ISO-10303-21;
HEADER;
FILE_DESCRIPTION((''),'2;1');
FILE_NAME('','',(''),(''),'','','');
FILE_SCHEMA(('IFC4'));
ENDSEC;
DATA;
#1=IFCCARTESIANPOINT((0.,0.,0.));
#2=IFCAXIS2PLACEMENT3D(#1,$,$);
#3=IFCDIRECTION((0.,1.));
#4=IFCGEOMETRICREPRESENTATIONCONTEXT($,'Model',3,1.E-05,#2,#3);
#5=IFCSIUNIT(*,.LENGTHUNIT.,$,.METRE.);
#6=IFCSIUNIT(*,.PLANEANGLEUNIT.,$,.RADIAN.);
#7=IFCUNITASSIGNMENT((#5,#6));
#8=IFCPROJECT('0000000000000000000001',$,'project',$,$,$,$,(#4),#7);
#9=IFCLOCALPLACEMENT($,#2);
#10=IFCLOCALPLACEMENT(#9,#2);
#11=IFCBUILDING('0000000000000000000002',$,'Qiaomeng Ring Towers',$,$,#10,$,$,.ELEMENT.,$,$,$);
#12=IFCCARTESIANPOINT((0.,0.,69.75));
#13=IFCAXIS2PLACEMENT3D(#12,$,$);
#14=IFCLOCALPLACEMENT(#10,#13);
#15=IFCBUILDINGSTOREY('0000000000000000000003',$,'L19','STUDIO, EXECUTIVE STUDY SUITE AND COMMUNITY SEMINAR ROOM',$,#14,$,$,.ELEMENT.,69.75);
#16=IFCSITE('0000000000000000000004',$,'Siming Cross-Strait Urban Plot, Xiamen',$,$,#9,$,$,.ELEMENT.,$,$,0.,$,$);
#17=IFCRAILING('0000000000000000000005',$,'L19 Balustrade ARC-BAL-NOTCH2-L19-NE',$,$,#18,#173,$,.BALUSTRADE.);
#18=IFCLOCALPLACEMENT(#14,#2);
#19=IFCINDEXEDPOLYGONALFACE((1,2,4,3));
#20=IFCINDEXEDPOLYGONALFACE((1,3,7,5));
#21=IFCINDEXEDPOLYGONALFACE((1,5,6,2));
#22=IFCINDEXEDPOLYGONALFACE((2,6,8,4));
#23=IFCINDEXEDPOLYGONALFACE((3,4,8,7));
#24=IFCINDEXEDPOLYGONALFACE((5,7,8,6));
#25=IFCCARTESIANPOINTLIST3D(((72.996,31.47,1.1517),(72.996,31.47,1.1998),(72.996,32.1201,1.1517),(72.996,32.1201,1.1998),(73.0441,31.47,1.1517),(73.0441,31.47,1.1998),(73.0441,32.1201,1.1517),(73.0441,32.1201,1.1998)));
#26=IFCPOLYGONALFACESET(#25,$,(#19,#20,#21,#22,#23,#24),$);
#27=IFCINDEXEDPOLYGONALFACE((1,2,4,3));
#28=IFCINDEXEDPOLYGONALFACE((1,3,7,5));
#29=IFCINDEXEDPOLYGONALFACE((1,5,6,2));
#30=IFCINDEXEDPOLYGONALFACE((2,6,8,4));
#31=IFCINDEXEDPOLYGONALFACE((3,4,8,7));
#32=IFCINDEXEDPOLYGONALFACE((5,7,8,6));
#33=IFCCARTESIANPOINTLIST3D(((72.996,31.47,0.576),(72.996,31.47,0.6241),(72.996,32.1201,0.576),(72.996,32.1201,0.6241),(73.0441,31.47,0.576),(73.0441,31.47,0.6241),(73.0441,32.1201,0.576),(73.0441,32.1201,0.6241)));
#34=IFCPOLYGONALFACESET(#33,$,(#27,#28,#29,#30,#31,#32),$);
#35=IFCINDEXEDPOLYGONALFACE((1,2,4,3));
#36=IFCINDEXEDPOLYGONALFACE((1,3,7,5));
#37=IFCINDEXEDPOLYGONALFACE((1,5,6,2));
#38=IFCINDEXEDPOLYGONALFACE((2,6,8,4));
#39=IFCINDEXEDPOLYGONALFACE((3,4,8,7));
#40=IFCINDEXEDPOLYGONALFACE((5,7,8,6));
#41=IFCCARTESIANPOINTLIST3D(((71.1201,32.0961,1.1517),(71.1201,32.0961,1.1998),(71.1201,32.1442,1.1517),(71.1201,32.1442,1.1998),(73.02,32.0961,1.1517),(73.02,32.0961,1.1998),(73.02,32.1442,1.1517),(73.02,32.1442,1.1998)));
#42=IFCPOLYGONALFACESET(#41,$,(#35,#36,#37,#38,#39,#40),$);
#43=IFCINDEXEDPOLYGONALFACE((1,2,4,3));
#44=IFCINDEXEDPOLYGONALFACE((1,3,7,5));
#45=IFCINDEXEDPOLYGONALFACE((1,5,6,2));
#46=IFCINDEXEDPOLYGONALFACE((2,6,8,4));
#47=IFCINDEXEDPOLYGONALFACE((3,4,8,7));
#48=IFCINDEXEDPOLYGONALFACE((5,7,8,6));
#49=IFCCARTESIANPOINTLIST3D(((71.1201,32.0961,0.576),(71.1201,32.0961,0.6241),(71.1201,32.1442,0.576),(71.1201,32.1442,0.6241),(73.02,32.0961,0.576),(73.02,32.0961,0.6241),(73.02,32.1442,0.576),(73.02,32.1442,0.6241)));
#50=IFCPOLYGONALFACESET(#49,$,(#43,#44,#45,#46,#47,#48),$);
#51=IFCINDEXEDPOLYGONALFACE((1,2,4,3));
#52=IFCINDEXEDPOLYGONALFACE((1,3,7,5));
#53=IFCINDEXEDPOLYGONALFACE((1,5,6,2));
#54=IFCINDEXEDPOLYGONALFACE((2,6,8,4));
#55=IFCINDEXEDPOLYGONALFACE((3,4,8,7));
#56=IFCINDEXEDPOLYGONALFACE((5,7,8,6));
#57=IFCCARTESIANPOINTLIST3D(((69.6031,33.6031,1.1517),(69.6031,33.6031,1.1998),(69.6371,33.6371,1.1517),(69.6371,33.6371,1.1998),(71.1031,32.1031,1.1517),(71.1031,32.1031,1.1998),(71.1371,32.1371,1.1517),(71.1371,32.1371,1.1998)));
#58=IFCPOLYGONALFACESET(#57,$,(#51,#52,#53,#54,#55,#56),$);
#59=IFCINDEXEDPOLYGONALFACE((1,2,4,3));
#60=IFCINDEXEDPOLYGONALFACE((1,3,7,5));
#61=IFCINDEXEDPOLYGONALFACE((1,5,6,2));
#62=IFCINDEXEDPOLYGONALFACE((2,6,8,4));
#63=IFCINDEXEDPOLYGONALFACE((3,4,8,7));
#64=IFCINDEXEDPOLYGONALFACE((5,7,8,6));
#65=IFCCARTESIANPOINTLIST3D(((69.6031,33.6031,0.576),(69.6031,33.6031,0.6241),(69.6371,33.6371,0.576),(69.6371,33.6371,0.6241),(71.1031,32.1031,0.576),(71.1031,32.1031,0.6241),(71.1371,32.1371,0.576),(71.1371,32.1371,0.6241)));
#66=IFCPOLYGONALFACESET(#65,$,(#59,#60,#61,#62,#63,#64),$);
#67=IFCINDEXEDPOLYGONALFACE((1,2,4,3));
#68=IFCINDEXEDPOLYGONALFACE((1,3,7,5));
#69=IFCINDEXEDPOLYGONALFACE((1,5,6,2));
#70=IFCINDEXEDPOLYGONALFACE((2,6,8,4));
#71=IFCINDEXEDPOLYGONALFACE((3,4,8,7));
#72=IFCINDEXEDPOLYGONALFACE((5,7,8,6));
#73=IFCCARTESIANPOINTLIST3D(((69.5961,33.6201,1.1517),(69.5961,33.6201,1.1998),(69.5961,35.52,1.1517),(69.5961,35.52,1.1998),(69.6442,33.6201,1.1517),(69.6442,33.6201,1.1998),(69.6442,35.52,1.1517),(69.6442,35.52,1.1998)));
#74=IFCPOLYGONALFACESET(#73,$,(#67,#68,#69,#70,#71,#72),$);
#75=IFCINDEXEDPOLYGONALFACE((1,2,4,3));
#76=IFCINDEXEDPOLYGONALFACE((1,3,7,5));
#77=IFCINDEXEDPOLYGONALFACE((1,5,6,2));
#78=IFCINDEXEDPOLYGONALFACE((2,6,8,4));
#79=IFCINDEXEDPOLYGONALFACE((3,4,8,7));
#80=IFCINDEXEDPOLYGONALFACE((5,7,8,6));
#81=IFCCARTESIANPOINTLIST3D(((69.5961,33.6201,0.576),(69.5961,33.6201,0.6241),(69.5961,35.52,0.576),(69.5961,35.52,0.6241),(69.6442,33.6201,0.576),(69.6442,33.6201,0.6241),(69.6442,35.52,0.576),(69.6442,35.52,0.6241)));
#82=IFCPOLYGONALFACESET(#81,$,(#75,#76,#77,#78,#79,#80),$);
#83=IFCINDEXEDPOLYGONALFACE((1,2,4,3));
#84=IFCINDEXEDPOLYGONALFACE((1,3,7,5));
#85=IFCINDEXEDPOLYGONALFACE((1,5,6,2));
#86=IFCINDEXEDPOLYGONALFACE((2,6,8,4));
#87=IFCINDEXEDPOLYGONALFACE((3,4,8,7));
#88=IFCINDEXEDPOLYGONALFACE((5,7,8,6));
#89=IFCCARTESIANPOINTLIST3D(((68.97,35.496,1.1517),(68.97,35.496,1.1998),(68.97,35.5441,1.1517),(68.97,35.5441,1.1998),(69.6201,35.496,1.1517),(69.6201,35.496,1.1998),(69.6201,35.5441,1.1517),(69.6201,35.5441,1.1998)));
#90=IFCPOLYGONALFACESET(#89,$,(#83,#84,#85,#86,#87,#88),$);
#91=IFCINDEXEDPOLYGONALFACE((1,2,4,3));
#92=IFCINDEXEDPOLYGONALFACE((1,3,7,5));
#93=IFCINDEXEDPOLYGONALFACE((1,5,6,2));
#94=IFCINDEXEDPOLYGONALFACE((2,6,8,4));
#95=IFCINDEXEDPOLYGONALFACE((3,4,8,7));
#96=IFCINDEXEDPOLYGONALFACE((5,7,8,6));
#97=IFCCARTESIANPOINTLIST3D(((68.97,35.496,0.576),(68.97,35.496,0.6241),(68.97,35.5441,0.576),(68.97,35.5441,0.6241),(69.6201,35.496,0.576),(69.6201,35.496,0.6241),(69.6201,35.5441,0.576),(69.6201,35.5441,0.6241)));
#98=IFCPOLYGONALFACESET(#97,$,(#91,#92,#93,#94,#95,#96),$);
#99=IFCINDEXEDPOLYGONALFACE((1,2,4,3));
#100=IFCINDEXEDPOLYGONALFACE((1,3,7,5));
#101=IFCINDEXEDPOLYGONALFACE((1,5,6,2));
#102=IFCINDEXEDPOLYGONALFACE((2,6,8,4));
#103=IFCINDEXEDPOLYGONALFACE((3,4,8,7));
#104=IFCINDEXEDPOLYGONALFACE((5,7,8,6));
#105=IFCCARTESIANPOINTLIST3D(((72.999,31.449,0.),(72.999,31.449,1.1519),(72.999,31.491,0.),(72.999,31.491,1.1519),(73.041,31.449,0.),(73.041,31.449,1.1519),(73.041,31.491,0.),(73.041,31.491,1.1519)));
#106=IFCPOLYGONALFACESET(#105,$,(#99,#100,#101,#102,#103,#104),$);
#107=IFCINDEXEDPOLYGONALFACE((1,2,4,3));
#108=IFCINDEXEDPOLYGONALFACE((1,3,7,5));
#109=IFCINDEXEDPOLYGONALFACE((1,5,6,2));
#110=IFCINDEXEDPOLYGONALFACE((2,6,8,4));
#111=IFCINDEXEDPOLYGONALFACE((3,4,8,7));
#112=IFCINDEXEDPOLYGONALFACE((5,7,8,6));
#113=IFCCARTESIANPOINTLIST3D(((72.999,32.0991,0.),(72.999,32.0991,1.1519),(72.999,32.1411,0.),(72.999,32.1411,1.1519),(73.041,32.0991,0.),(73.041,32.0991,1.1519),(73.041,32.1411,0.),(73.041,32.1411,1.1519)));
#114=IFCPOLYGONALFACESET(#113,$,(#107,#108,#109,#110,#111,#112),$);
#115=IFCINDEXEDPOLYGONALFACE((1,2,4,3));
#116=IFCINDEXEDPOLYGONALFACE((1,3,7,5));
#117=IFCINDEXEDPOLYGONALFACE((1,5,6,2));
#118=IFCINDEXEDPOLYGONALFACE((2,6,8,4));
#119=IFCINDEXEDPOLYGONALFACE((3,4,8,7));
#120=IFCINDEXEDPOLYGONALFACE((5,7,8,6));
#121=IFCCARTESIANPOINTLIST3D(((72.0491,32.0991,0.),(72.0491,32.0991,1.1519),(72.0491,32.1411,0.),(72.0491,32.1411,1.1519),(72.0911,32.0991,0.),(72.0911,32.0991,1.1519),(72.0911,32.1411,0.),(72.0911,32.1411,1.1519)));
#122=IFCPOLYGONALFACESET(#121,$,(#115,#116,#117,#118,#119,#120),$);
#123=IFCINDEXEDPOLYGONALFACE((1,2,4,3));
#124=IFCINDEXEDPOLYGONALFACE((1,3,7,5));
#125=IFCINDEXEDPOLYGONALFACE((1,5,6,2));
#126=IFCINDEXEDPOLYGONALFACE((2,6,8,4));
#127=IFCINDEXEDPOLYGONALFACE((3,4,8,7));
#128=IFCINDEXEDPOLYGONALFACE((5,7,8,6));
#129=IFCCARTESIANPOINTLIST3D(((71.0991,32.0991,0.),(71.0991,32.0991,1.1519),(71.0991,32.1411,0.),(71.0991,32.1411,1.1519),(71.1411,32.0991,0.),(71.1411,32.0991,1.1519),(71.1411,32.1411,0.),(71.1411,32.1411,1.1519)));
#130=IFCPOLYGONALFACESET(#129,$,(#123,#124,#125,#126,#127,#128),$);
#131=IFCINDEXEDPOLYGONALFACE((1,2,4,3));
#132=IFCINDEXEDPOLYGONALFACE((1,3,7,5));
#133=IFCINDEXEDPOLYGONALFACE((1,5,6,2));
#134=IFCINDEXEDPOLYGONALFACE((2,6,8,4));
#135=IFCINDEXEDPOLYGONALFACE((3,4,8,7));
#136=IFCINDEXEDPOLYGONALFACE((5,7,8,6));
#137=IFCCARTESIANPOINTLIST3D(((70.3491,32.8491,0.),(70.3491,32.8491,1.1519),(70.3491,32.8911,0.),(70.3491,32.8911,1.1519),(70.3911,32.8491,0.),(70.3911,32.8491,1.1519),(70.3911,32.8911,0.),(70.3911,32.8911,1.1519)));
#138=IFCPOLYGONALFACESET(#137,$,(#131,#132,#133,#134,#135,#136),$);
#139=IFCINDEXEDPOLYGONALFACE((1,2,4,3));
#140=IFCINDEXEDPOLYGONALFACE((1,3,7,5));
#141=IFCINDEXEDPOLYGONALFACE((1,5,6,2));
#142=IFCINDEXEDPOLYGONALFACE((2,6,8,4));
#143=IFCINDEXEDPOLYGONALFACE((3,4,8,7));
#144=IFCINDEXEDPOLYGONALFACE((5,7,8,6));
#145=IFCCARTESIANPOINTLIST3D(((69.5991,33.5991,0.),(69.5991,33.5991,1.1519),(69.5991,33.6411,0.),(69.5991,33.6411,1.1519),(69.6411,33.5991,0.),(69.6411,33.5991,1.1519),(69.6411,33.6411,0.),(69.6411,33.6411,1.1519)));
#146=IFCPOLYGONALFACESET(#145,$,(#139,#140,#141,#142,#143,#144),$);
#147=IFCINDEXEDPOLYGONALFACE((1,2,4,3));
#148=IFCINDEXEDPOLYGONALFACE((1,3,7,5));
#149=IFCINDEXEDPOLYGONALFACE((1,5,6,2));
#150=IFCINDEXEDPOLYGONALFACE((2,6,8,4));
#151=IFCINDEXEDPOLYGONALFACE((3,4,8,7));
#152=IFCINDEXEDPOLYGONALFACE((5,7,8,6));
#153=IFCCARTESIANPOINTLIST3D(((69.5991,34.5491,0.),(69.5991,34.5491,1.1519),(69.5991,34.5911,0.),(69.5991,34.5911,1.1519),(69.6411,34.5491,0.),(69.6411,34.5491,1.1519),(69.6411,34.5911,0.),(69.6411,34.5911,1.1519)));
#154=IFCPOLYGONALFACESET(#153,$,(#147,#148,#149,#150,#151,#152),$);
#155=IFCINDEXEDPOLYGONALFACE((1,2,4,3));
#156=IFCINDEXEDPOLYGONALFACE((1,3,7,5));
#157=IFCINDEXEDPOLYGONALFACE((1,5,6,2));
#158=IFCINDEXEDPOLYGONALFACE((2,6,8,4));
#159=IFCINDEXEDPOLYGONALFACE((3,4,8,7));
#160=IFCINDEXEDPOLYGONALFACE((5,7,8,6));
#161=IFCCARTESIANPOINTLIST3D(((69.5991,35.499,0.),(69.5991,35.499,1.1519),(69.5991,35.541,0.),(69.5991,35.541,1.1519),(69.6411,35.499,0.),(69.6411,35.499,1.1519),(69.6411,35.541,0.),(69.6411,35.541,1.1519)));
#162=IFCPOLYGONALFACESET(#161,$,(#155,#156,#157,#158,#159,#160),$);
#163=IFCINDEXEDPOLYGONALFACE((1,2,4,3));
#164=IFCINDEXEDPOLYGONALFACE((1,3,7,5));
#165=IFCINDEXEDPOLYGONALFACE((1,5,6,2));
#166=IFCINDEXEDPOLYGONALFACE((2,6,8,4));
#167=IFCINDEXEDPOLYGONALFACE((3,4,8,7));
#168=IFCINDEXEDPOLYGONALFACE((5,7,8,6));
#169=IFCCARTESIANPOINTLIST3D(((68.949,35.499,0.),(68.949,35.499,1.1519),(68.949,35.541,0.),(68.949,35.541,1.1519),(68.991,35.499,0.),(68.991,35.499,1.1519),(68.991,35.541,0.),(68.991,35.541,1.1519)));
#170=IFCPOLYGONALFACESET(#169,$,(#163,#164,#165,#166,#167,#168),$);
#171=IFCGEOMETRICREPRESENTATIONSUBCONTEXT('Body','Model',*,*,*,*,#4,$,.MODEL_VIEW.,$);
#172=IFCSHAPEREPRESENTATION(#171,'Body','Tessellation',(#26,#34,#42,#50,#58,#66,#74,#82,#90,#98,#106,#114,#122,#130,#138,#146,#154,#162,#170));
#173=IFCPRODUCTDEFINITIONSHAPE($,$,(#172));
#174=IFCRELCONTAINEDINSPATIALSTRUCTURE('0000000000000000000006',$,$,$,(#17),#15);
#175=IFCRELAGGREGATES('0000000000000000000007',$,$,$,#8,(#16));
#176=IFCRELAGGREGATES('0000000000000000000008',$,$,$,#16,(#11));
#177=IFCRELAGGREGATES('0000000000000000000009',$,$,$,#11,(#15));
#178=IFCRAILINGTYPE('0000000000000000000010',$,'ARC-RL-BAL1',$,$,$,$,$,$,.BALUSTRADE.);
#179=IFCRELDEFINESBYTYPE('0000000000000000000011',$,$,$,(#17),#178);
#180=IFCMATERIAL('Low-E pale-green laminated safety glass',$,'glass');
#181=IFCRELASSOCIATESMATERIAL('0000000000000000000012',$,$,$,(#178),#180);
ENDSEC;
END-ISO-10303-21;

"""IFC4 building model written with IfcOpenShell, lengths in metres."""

from ifc_helpers import new_model, si_unit, direction, frame, origin, origin_2d, place, context, subcontext, project, spatial, rectangle, extrude, material, type_object, element, save


model = new_model("IFC4")

# Units and contexts
model_context = context("Model", 3, precision=1e-05, world=origin(), true_north=direction((0.0, 1.0)))
body_context = subcontext(model_context, "Body", "Model", "MODEL_VIEW")
ifc_project = project(units=[si_unit("LENGTHUNIT", "METRE"), si_unit("PLANEANGLEUNIT", "RADIAN")], contexts=[model_context])

# Site, building, storey
site_placement = place(None, origin())
site = spatial("IfcSite", under=ifc_project, at=site_placement, Name="Siming Cross-Strait Urban Plot, Xiamen", CompositionType="ELEMENT", RefElevation=0.0)
building_placement = place(site_placement, origin())
building = spatial("IfcBuilding", under=site, at=building_placement, Name="Qiaomeng Ring Towers", CompositionType="ELEMENT")
storey_placement = place(building_placement, frame((0.0, 0.0, 69.75)))
storey = spatial("IfcBuildingStorey", under=building, at=storey_placement, Name="L19", Description="STUDIO, EXECUTIVE STUDY SUITE AND COMMUNITY SEMINAR ROOM", CompositionType="ELEMENT", Elevation=69.75)

# Railing
ifc_material_1 = material(Name="Low-E pale-green laminated safety glass", Category="glass")
railing_type = type_object("IfcRailingType", Name="ARC-RL-BAL1", PredefinedType="BALUSTRADE", material=ifc_material_1)
railing_1_placement = place(storey_placement, frame((73.02, 31.47, 0.0)))
element("IfcRailing", 1, at=railing_1_placement, inside=storey, type_object=railing_type, Name="L19 Balustrade ARC-BAL-NOTCH2-L19-NE", PredefinedType="BALUSTRADE", context=body_context, shape_type="SweptSolid", body=[
    extrude(rectangle(XDim=0.0481, YDim=0.0481, at=origin_2d()), frame((0.0, 0.0, 1.1758), z_axis=(0.0, 1.0, 0.0), x_axis=(-1.0, 0.0, 0.0)), (0.0, 0.0, 1.0), 0.6501),
    extrude(rectangle(XDim=0.0481, YDim=0.0481, at=origin_2d()), frame((0.0, 0.0, 0.6001), z_axis=(0.0, 1.0, 0.0), x_axis=(-1.0, 0.0, 0.0)), (0.0, 0.0, 1.0), 0.6501),
    extrude(rectangle(XDim=0.0481, YDim=0.0481, at=origin_2d()), frame((0.0, 0.6501, 1.1758), z_axis=(-1.0, 0.0, 0.0), x_axis=(0.0, -1.0, 0.0)), (0.0, 0.0, 1.0), 1.8999),
    extrude(rectangle(XDim=0.0481, YDim=0.0481, at=origin_2d()), frame((0.0, 0.6501, 0.6001), z_axis=(-1.0, 0.0, 0.0), x_axis=(0.0, -1.0, 0.0)), (0.0, 0.0, 1.0), 1.8999),
    extrude(rectangle(XDim=0.0481, YDim=0.0481, at=origin_2d()), frame((-1.8999, 0.6501, 1.1758), z_axis=(-0.707107, 0.707107, 0.0), x_axis=(-0.707107, -0.707107, 0.0)), (0.0, 0.0, 1.0), 2.1213),
    extrude(rectangle(XDim=0.0481, YDim=0.0481, at=origin_2d()), frame((-1.8999, 0.6501, 0.6001), z_axis=(-0.707107, 0.707107, 0.0), x_axis=(-0.707107, -0.707107, 0.0)), (0.0, 0.0, 1.0), 2.1213),
    extrude(rectangle(XDim=0.0481, YDim=0.0481, at=origin_2d()), frame((-3.3999, 2.1501, 1.1758), z_axis=(0.0, 1.0, 0.0), x_axis=(-1.0, 0.0, 0.0)), (0.0, 0.0, 1.0), 1.8999),
    extrude(rectangle(XDim=0.0481, YDim=0.0481, at=origin_2d()), frame((-3.3999, 2.1501, 0.6001), z_axis=(0.0, 1.0, 0.0), x_axis=(-1.0, 0.0, 0.0)), (0.0, 0.0, 1.0), 1.8999),
    extrude(rectangle(XDim=0.0481, YDim=0.0481, at=origin_2d()), frame((-3.3999, 4.05, 1.1758), z_axis=(-1.0, 0.0, 0.0), x_axis=(0.0, -1.0, 0.0)), (0.0, 0.0, 1.0), 0.6501),
    extrude(rectangle(XDim=0.0481, YDim=0.0481, at=origin_2d()), frame((-3.3999, 4.05, 0.6001), z_axis=(-1.0, 0.0, 0.0), x_axis=(0.0, -1.0, 0.0)), (0.0, 0.0, 1.0), 0.6501),
    extrude(rectangle(XDim=0.042, YDim=0.042, at=origin_2d()), origin(), (0.0, 0.0, 1.0), 1.1519),
    extrude(rectangle(XDim=0.042, YDim=0.042, at=origin_2d()), frame((0.0, 0.6501, 0.0)), (0.0, 0.0, 1.0), 1.1519),
    extrude(rectangle(XDim=0.042, YDim=0.042, at=origin_2d()), frame((-0.95, 0.6501, 0.0)), (0.0, 0.0, 1.0), 1.1519),
    extrude(rectangle(XDim=0.042, YDim=0.042, at=origin_2d()), frame((-1.8999, 0.6501, 0.0)), (0.0, 0.0, 1.0), 1.1519),
    extrude(rectangle(XDim=0.042, YDim=0.042, at=origin_2d()), frame((-2.6499, 1.4001, 0.0)), (0.0, 0.0, 1.0), 1.1519),
    extrude(rectangle(XDim=0.042, YDim=0.042, at=origin_2d()), frame((-3.3999, 2.1501, 0.0)), (0.0, 0.0, 1.0), 1.1519),
    extrude(rectangle(XDim=0.042, YDim=0.042, at=origin_2d()), frame((-3.3999, 3.1001, 0.0)), (0.0, 0.0, 1.0), 1.1519),
    extrude(rectangle(XDim=0.042, YDim=0.042, at=origin_2d()), frame((-3.3999, 4.05, 0.0)), (0.0, 0.0, 1.0), 1.1519),
    extrude(rectangle(XDim=0.042, YDim=0.042, at=origin_2d()), frame((-4.05, 4.05, 0.0)), (0.0, 0.0, 1.0), 1.1519),
])

save(model, "model.ifc")
